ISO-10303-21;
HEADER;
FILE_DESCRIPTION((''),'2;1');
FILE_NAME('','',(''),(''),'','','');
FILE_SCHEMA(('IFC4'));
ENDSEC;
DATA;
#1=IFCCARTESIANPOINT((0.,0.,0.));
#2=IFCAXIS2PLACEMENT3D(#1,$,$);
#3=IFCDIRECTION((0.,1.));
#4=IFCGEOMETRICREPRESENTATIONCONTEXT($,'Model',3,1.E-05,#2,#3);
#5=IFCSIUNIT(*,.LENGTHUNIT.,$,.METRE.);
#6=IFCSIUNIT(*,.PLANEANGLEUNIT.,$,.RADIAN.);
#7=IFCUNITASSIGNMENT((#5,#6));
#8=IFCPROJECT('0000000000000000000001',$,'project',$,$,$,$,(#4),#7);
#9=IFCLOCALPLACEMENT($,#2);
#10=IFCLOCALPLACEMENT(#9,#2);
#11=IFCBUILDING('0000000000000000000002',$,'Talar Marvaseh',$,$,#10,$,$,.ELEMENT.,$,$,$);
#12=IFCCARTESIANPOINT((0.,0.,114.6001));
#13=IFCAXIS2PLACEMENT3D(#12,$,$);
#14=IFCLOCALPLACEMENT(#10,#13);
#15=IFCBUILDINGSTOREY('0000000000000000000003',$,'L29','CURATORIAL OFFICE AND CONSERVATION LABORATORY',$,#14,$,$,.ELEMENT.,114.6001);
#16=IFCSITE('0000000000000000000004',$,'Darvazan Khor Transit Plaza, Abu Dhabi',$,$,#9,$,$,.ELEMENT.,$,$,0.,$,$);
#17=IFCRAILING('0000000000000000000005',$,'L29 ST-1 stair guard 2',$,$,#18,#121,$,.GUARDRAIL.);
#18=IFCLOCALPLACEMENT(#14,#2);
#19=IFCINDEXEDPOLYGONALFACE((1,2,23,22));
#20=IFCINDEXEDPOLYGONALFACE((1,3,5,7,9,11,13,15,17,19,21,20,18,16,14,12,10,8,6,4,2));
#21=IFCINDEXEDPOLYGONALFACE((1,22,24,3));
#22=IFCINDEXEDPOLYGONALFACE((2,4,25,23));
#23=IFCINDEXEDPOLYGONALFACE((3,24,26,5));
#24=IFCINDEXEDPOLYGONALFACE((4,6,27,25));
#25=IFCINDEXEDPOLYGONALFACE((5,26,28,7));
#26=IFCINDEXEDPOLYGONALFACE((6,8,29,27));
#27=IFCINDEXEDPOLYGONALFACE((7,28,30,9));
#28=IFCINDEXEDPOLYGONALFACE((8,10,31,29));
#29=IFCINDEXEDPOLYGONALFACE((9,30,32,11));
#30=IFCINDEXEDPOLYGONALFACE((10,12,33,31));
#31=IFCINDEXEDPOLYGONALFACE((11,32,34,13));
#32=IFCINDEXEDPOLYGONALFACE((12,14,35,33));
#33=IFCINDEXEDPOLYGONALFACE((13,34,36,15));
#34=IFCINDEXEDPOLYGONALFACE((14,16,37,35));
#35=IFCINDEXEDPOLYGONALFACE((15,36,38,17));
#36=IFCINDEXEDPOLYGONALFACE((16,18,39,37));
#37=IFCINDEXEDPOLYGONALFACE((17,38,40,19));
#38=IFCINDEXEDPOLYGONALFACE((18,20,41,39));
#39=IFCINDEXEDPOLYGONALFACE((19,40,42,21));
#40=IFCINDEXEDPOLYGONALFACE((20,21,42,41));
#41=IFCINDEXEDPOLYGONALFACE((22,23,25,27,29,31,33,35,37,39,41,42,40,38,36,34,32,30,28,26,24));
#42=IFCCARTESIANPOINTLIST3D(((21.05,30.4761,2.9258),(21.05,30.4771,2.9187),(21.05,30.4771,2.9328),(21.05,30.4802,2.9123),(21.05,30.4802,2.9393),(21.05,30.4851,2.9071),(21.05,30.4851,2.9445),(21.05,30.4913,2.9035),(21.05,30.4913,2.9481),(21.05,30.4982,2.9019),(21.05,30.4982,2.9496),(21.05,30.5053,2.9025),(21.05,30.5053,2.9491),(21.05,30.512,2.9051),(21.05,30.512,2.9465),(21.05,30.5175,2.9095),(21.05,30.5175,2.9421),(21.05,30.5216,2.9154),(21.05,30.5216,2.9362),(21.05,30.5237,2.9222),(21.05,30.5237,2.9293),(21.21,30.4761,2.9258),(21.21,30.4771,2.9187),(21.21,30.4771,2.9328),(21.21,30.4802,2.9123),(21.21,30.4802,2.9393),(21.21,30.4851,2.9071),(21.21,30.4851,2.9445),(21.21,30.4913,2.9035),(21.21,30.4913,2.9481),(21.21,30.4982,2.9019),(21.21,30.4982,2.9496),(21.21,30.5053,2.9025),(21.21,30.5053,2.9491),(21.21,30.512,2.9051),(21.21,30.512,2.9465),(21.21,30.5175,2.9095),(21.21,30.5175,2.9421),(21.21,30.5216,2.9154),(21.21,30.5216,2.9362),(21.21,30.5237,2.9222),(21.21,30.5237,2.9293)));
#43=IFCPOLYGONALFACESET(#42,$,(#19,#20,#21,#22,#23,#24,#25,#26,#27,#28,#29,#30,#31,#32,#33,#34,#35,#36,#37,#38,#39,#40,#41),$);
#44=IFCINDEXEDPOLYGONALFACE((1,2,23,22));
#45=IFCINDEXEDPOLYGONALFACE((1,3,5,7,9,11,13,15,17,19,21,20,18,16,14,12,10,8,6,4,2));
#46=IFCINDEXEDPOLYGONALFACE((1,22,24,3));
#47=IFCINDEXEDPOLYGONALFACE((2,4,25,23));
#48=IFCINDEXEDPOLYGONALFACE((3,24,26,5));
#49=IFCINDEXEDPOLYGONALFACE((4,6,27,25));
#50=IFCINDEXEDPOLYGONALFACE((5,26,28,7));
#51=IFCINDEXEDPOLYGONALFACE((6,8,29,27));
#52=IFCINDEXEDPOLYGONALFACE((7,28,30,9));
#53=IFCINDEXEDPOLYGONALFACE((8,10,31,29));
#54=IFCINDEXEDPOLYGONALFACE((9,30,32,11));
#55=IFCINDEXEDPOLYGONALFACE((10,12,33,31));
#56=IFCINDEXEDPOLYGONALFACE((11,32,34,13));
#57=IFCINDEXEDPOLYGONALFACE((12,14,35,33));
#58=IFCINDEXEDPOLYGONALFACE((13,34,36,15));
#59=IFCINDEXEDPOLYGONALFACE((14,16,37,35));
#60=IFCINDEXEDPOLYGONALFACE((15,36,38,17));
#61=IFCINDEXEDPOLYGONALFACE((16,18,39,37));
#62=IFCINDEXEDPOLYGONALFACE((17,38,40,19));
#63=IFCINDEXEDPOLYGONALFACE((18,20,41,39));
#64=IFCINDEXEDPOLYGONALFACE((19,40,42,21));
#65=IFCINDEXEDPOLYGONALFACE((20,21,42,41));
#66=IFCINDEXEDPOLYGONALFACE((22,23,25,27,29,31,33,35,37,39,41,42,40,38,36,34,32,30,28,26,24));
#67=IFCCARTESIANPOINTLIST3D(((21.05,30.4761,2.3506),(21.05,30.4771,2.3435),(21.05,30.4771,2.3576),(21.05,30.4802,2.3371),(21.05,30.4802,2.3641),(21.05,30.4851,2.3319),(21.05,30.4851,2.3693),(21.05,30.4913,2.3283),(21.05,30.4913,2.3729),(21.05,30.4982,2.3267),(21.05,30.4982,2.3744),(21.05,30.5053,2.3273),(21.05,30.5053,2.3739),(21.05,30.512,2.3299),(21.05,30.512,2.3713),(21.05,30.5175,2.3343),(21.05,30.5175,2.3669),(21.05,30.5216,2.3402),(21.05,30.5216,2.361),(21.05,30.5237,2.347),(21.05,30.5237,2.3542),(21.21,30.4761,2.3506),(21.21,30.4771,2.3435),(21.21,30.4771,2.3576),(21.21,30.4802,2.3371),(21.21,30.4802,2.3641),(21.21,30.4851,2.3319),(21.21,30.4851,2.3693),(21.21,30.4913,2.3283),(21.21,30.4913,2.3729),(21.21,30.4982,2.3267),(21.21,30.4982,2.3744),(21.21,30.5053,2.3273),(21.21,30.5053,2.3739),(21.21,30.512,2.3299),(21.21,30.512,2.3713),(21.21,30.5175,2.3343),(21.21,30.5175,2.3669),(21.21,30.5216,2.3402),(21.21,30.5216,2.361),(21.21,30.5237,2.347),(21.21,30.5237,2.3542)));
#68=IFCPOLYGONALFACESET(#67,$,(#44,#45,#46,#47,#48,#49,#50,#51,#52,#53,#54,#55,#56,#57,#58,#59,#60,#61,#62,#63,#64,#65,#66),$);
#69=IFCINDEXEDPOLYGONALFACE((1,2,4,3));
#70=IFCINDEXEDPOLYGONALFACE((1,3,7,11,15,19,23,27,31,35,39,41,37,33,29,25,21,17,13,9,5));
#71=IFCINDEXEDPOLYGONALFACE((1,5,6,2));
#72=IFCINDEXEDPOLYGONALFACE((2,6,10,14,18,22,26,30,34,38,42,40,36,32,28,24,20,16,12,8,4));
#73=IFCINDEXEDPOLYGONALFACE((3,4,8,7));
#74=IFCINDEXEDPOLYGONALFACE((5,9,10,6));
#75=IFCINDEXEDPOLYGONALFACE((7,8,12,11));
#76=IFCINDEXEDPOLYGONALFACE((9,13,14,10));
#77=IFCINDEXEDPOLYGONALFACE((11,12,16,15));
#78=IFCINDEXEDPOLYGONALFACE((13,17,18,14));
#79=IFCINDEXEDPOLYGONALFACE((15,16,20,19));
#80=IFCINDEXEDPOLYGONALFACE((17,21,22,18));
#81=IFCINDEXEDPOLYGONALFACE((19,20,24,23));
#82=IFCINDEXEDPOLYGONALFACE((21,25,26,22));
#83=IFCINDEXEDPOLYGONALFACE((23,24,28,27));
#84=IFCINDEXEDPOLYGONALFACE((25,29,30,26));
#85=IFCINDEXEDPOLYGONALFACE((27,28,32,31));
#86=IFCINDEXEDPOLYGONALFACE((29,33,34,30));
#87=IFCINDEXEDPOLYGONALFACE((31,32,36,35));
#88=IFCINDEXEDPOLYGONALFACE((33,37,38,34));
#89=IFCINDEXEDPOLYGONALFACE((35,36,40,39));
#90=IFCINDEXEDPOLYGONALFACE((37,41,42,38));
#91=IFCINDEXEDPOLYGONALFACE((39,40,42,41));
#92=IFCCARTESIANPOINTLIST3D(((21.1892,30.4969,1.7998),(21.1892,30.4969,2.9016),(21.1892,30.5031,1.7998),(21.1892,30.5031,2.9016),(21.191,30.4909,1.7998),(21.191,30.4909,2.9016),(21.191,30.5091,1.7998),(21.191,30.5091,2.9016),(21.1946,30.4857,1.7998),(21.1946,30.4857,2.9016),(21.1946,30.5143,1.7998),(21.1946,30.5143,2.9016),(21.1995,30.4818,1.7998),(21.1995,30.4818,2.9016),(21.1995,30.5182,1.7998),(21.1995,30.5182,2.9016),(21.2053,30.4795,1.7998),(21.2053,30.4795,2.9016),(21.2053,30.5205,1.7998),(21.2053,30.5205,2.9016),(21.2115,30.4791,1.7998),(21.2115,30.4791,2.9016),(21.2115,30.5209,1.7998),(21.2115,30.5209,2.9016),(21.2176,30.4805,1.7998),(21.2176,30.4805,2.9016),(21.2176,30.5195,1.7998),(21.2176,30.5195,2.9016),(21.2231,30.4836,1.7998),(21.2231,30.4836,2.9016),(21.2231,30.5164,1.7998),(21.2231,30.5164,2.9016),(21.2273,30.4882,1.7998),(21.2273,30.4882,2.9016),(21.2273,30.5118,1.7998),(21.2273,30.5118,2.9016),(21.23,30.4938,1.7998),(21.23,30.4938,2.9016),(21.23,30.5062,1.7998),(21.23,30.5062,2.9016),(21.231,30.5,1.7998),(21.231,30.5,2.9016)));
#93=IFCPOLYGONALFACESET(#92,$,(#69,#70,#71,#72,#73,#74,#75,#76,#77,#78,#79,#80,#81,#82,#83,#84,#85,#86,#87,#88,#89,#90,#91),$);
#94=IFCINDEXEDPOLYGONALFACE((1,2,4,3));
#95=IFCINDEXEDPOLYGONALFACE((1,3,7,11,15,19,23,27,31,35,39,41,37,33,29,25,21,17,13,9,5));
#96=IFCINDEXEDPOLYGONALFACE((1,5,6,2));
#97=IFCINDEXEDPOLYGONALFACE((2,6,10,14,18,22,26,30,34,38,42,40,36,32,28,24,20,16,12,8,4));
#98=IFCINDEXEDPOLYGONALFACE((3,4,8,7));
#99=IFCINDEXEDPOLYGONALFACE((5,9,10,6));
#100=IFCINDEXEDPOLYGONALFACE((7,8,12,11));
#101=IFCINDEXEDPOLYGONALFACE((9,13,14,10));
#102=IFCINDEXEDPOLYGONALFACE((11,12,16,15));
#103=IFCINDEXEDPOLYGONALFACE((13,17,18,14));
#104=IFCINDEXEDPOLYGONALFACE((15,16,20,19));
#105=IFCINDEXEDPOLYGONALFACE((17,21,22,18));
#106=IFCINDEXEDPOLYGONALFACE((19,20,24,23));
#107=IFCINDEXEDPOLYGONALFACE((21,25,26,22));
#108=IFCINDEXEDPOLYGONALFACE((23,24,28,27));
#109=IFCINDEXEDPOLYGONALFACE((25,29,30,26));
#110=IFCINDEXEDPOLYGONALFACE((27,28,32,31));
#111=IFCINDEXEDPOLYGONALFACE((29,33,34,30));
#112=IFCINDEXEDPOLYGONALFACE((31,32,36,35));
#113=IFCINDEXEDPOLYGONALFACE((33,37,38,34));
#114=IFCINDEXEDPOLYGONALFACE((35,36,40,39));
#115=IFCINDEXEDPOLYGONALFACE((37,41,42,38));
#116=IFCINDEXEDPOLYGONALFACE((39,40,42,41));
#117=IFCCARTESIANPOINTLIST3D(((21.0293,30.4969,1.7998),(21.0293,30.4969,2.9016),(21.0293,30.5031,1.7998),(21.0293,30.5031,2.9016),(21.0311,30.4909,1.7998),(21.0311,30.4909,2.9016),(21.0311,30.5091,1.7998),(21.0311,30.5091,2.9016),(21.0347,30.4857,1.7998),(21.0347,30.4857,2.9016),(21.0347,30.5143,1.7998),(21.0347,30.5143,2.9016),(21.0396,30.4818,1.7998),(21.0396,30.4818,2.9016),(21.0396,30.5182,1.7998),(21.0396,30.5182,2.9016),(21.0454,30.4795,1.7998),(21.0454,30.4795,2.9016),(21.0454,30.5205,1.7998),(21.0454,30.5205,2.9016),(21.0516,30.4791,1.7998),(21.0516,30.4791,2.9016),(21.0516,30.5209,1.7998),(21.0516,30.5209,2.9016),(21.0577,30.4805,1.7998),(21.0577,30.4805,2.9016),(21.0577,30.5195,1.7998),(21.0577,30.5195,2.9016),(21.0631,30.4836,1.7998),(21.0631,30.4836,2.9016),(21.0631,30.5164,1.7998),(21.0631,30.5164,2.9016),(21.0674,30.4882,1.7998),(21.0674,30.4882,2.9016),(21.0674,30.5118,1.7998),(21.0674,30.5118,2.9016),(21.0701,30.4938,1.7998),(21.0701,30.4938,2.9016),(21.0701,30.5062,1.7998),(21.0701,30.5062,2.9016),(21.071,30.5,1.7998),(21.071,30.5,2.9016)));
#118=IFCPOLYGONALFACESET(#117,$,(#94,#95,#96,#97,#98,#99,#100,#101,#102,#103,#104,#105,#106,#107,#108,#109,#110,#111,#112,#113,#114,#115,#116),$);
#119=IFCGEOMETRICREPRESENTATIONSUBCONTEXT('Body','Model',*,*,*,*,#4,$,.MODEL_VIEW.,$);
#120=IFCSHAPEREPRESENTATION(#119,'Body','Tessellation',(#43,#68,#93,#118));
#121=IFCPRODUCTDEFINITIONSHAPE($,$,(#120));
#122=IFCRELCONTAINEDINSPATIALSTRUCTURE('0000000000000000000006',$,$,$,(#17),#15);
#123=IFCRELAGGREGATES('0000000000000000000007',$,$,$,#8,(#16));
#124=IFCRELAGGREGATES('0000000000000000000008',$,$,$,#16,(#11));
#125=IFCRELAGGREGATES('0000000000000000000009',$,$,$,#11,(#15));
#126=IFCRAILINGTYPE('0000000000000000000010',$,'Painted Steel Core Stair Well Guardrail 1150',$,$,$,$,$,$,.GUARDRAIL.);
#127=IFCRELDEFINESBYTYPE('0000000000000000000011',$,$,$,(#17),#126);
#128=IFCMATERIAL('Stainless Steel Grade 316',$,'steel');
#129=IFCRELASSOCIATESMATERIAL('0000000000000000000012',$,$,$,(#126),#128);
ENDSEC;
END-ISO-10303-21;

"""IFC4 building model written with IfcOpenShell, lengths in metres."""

from ifc_helpers import new_model, si_unit, direction, frame, origin, origin_2d, place, context, subcontext, project, spatial, circle, extrude, material, type_object, element, save


model = new_model("IFC4")

# Units and contexts
model_context = context("Model", 3, precision=1e-05, world=origin(), true_north=direction((0.0, 1.0)))
body_context = subcontext(model_context, "Body", "Model", "MODEL_VIEW")
ifc_project = project(units=[si_unit("LENGTHUNIT", "METRE"), si_unit("PLANEANGLEUNIT", "RADIAN")], contexts=[model_context])

# Site, building, storey
site_placement = place(None, origin())
site = spatial("IfcSite", under=ifc_project, at=site_placement, Name="Darvazan Khor Transit Plaza, Abu Dhabi", CompositionType="ELEMENT", RefElevation=0.0)
building_placement = place(site_placement, origin())
building = spatial("IfcBuilding", under=site, at=building_placement, Name="Talar Marvaseh", CompositionType="ELEMENT")
storey_placement = place(building_placement, frame((0.0, 0.0, 114.6001)))
storey = spatial("IfcBuildingStorey", under=building, at=storey_placement, Name="L29", Description="CURATORIAL OFFICE AND CONSERVATION LABORATORY", CompositionType="ELEMENT", Elevation=114.6001)

# Railing
ifc_material_1 = material(Name="Stainless Steel Grade 316", Category="steel")
railing_type_1 = type_object("IfcRailingType", Name="Painted Steel Core Stair Well Guardrail 1150", PredefinedType="GUARDRAIL", material=ifc_material_1)
railing_1_placement = place(storey_placement, frame((21.21, 30.5, 1.7998)))
element("IfcRailing", 1, at=railing_1_placement, inside=storey, type_object=railing_type_1, Name="L29 ST-1 stair guard 2", PredefinedType="GUARDRAIL", context=body_context, shape_type="SweptSolid", body=[
    extrude(circle(Radius=0.0239, at=origin_2d()), frame((0.0, 0.0, 1.126), z_axis=(-1.0, 0.0, 0.0), x_axis=(0.0, -1.0, 0.0)), (0.0, 0.0, 1.0), 0.1599),
    extrude(circle(Radius=0.0239, at=origin_2d()), frame((0.0, 0.0, 0.5508), z_axis=(-1.0, 0.0, 0.0), x_axis=(0.0, -1.0, 0.0)), (0.0, 0.0, 1.0), 0.1599),
    extrude(circle(Radius=0.021, at=origin_2d()), origin(), (0.0, 0.0, 1.0), 1.1018),
    extrude(circle(Radius=0.021, at=origin_2d()), frame((-0.1599, 0.0, 0.0)), (0.0, 0.0, 1.0), 1.1018),
])

save(model, "model.ifc")
